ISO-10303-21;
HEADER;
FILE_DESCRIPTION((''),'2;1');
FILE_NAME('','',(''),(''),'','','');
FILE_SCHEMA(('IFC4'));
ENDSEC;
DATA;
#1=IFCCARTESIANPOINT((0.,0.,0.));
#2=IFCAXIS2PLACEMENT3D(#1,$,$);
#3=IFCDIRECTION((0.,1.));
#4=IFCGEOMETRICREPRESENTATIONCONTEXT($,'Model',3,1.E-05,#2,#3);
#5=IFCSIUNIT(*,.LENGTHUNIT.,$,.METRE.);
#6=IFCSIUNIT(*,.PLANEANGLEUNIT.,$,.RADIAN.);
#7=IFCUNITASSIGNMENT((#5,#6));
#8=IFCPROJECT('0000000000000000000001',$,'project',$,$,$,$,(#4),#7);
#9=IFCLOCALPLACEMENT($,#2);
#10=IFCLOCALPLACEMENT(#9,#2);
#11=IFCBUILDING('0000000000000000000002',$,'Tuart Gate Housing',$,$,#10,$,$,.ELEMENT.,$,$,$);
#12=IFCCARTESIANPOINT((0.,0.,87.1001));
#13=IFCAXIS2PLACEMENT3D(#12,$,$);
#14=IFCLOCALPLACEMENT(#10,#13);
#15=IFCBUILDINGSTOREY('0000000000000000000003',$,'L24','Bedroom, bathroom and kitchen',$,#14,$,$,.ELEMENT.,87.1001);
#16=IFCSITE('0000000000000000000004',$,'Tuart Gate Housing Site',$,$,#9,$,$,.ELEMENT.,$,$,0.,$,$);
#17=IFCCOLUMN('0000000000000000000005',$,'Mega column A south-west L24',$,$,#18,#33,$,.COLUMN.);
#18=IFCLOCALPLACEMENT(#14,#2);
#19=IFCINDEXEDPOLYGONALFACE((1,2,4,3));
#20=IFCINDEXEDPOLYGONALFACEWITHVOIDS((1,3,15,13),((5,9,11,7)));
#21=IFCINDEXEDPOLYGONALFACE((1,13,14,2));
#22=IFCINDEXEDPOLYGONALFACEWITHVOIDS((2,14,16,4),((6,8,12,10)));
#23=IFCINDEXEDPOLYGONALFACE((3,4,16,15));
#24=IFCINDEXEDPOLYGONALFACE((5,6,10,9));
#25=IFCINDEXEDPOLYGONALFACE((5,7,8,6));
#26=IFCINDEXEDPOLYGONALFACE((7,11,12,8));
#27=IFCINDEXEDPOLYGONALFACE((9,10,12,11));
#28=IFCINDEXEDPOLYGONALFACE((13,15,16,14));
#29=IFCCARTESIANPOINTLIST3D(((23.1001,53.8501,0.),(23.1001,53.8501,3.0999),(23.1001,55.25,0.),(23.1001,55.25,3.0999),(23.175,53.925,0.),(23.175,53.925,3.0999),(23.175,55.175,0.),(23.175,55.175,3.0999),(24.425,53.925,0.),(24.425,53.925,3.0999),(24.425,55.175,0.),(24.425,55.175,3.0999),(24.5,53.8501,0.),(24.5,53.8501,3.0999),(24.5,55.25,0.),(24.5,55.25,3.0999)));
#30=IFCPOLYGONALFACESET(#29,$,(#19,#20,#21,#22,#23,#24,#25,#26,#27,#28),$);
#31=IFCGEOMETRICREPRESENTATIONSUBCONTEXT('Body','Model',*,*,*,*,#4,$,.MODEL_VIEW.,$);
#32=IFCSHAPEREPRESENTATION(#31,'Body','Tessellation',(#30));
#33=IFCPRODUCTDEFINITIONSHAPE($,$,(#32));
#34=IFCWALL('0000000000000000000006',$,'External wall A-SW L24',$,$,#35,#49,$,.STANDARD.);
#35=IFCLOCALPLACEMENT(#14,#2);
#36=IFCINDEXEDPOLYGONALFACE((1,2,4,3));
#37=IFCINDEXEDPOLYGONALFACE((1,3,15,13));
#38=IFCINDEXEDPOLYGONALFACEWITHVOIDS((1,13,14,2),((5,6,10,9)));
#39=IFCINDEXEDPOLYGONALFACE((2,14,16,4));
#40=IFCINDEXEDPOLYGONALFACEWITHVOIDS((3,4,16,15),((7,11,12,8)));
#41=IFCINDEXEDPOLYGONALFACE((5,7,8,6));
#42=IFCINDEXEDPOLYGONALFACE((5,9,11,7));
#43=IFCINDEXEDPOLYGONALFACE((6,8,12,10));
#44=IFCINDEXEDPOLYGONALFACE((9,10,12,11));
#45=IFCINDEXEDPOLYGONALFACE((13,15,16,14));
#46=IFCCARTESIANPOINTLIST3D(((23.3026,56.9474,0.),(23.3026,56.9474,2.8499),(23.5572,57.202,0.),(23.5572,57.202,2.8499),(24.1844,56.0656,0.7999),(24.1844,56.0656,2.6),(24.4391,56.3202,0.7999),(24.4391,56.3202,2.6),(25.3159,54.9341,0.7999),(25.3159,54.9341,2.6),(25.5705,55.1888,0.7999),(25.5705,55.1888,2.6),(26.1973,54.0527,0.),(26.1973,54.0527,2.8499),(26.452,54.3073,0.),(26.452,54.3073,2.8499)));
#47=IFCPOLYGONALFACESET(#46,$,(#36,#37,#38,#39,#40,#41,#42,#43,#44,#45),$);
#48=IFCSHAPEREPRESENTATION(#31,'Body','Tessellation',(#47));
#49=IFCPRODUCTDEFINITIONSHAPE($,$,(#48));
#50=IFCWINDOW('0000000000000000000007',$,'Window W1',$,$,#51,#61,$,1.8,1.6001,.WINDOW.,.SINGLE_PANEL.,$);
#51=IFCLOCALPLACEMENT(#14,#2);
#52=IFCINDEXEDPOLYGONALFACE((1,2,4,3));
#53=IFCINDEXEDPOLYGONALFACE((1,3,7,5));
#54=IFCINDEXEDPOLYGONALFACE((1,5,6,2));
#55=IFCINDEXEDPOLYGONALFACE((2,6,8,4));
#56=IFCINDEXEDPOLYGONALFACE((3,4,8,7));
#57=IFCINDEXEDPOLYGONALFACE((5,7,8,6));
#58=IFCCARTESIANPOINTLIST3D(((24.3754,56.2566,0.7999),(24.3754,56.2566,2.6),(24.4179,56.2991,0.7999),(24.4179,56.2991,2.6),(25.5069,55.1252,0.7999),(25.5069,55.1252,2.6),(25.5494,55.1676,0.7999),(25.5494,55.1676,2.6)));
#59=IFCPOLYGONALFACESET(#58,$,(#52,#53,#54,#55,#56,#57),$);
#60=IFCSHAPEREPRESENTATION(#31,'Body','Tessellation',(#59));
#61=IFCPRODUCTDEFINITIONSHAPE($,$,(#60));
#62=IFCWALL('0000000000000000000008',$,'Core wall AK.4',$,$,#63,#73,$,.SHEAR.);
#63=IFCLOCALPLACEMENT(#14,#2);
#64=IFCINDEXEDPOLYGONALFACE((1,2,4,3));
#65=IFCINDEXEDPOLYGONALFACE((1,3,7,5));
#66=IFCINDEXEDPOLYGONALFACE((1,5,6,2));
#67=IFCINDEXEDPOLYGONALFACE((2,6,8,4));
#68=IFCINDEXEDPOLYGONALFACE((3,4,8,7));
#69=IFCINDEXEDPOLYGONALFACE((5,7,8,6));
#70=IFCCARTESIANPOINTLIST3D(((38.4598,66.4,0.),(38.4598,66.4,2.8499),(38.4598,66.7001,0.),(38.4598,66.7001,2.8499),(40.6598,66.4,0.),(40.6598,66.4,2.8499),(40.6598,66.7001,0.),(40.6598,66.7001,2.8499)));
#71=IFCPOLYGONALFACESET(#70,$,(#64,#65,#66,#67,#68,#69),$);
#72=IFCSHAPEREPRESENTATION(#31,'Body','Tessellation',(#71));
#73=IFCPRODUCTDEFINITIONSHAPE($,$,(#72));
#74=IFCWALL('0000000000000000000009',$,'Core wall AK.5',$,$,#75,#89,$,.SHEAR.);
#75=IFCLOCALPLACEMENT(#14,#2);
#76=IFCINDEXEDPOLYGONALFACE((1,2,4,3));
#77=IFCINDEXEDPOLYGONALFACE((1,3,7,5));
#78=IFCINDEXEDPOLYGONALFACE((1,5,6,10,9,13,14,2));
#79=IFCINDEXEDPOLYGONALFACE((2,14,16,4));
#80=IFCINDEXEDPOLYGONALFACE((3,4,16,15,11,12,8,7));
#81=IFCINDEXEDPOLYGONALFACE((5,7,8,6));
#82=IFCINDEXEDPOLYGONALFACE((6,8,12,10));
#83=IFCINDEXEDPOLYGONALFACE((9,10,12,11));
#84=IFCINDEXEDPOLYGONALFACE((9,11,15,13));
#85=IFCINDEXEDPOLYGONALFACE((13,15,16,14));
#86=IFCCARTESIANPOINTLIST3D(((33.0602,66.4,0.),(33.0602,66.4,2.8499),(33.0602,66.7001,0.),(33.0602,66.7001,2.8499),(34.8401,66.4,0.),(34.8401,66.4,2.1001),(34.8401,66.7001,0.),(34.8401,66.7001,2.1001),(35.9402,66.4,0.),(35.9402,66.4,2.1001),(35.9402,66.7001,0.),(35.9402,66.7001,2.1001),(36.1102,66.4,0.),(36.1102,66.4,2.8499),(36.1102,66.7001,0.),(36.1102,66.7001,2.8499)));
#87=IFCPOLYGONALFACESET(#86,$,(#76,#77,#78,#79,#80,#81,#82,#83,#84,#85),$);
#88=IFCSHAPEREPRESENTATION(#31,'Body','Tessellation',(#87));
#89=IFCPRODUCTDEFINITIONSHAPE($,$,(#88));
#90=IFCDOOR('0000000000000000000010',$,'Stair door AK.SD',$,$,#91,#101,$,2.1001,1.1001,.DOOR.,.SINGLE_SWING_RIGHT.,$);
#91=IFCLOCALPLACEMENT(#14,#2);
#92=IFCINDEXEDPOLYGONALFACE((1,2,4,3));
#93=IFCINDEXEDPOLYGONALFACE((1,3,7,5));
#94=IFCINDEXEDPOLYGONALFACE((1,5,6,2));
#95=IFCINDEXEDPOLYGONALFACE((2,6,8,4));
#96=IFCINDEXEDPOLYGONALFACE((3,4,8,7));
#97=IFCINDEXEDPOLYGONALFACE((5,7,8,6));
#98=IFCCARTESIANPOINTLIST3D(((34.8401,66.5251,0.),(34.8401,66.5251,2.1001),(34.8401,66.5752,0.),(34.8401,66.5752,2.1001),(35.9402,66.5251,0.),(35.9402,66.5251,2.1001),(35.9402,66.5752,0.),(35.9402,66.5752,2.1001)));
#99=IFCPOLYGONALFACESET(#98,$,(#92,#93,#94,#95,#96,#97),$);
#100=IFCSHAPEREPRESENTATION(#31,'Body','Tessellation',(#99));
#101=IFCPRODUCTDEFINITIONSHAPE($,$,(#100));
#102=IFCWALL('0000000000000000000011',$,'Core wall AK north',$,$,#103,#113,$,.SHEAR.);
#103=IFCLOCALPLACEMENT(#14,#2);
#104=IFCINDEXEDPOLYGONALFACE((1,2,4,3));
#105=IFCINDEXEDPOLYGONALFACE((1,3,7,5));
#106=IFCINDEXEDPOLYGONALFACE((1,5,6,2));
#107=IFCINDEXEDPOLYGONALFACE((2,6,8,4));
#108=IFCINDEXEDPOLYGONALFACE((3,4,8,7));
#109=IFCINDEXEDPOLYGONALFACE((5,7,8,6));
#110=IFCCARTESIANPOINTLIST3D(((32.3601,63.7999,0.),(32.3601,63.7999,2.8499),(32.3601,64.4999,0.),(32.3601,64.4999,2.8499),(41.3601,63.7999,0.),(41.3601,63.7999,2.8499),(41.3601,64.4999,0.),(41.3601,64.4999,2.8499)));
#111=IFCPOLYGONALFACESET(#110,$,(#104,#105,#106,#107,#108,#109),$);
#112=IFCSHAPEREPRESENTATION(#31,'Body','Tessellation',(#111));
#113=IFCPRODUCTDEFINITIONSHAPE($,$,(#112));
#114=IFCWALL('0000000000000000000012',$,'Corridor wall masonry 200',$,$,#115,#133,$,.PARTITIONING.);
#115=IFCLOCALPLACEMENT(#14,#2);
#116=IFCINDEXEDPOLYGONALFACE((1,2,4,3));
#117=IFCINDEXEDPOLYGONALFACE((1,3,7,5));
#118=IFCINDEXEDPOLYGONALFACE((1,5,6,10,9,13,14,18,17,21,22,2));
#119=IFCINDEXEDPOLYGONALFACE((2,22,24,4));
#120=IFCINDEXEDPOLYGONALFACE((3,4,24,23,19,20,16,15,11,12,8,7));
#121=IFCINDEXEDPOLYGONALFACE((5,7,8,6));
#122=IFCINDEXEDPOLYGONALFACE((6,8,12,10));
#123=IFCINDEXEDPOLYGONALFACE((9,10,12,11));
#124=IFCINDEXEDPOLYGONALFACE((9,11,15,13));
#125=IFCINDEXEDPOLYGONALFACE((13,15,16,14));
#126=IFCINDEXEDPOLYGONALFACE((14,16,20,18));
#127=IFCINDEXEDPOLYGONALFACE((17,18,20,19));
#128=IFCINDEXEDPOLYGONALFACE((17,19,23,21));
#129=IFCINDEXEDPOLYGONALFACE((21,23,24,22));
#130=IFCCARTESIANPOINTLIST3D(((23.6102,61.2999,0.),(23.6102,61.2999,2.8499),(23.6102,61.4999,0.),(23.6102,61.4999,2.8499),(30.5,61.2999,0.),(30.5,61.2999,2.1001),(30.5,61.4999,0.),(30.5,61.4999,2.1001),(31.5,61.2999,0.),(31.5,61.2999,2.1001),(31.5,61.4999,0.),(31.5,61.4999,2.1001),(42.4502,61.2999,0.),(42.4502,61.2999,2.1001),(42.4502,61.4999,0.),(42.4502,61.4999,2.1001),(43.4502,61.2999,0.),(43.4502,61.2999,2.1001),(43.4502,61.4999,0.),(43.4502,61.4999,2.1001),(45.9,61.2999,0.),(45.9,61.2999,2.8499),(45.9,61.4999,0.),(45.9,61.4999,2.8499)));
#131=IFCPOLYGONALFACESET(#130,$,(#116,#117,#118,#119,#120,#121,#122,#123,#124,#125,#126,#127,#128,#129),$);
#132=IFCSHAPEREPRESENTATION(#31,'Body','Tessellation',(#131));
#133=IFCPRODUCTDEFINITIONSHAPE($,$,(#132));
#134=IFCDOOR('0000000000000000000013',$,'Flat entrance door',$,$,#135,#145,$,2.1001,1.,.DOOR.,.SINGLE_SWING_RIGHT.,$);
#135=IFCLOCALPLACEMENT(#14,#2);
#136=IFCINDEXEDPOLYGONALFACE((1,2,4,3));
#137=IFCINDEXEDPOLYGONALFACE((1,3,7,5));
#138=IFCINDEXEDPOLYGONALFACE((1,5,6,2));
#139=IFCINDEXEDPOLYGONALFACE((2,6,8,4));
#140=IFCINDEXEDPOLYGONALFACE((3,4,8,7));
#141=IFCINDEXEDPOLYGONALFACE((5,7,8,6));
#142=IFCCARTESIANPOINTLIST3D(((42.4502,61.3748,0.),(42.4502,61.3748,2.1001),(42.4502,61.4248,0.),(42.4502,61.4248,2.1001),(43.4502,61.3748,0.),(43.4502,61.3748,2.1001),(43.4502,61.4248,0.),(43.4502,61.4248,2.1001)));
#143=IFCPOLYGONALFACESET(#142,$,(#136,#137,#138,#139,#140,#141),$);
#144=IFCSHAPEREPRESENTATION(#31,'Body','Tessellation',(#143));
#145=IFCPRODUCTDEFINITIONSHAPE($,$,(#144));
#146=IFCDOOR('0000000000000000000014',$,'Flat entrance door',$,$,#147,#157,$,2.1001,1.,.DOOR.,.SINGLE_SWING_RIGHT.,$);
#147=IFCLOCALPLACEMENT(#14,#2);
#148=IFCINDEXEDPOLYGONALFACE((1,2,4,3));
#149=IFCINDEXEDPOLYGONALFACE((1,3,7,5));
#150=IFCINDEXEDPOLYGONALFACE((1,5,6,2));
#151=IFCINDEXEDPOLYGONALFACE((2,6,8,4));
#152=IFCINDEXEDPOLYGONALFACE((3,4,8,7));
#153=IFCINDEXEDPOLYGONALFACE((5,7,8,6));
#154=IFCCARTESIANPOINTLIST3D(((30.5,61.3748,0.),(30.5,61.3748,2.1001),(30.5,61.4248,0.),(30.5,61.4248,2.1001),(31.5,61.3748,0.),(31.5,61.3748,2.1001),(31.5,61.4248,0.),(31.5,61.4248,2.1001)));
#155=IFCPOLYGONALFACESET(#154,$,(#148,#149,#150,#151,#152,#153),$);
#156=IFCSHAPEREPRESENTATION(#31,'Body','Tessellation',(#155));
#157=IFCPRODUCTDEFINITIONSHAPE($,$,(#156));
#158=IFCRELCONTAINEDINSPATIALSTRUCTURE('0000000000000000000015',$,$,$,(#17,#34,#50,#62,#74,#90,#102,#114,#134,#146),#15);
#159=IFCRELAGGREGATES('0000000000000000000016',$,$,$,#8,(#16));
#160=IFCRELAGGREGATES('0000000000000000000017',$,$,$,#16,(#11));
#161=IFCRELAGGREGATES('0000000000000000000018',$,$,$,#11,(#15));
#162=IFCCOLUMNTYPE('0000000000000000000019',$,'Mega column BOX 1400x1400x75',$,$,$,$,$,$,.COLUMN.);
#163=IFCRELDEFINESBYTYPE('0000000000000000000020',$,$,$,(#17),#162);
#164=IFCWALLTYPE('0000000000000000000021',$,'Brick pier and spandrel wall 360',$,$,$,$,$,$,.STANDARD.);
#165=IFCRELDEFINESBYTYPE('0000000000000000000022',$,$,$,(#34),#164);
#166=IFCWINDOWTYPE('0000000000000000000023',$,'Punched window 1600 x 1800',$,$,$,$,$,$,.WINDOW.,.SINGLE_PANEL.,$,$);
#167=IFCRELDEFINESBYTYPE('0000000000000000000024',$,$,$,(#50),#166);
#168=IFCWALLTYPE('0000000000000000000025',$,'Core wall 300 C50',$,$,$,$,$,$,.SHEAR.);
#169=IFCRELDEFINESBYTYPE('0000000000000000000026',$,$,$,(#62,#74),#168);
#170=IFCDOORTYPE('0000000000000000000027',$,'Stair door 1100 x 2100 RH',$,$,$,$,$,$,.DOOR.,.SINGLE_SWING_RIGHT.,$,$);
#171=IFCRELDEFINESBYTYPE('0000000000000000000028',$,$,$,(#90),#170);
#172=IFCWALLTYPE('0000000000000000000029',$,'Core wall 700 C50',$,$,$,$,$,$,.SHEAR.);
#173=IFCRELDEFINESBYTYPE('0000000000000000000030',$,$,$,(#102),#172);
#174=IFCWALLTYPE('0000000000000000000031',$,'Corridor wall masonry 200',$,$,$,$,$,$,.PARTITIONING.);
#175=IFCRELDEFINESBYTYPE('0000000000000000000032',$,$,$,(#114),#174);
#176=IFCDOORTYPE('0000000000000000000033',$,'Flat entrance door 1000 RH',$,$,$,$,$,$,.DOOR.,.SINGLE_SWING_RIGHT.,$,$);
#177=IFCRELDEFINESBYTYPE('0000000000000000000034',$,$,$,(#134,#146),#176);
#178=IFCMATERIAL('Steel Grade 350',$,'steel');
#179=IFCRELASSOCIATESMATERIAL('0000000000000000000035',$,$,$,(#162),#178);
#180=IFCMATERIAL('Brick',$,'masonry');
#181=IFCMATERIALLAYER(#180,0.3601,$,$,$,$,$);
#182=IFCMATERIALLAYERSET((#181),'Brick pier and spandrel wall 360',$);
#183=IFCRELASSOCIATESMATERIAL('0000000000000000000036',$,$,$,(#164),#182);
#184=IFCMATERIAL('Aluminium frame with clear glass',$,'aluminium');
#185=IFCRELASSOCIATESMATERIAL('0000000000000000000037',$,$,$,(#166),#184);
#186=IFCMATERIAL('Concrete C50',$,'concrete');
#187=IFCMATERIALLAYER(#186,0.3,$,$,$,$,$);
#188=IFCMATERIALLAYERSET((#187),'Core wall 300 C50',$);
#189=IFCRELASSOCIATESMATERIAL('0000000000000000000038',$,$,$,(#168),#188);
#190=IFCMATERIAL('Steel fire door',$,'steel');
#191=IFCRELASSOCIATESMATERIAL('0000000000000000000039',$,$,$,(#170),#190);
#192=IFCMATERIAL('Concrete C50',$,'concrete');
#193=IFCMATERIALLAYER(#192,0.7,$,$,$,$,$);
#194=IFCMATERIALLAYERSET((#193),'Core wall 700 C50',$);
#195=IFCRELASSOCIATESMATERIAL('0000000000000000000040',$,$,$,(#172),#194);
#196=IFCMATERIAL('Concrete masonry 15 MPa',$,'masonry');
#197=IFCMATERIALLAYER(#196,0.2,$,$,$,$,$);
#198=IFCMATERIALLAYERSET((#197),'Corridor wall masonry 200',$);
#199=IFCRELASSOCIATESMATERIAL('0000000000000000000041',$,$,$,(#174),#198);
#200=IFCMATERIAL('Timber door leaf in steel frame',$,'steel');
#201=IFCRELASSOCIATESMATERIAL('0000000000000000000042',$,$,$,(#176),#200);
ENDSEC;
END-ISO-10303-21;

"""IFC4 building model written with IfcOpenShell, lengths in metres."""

from ifc_helpers import new_model, si_unit, direction, frame, frame_2d, origin, origin_2d, place, context, subcontext, project, spatial, rectangle, hollow_rectangle, extrude, material, layer, layer_set, material_profile, profile_set, type_object, element, fill, save


model = new_model("IFC4")

# Units and contexts
model_context = context("Model", 3, precision=1e-05, world=origin(), true_north=direction((0.0, 1.0)))
body_context = subcontext(model_context, "Body", "Model", "MODEL_VIEW")
ifc_project = project(units=[si_unit("LENGTHUNIT", "METRE"), si_unit("PLANEANGLEUNIT", "RADIAN")], contexts=[model_context])

# Site, building, storey
site_placement = place(None, origin())
site = spatial("IfcSite", under=ifc_project, at=site_placement, Name="Tuart Gate Housing Site", CompositionType="ELEMENT", RefElevation=0.0)
building_placement = place(site_placement, origin())
building = spatial("IfcBuilding", under=site, at=building_placement, Name="Tuart Gate Housing", CompositionType="ELEMENT")
storey_placement = place(building_placement, frame((0.0, 0.0, 87.1001)))
storey = spatial("IfcBuildingStorey", under=building, at=storey_placement, Name="L24", Description="Bedroom, bathroom and kitchen", CompositionType="ELEMENT", Elevation=87.1001)

# Column
ifc_material_1 = material(Name="Steel Grade 350", Category="steel")
ifc_material_profile = material_profile(ifc_material_1, hollow_rectangle(XDim=1.3999, YDim=1.3999, WallThickness=0.075, at=origin_2d()), Name="BOX 1400x1400x75")
ifc_profile_set = profile_set([ifc_material_profile], Name="Steel Grade 350")
column_type = type_object("IfcColumnType", Name="Mega column BOX 1400x1400x75", PredefinedType="COLUMN", material=ifc_profile_set)
column_placement = place(storey_placement, frame((23.8, 54.55, 0.0), z_axis=(0.0, 0.0, 1.0), x_axis=(1.0, 0.0, 0.0)))
element("IfcColumn", 1, at=column_placement, inside=storey, type_object=column_type, Name="Mega column A south-west L24", PredefinedType="COLUMN", context=body_context, shape_type="SweptSolid", body=[
    extrude(hollow_rectangle(XDim=1.3999, YDim=1.3999, WallThickness=0.075, at=origin_2d()), origin(), (0.0, 0.0, 1.0), 3.0999),
])

# Wall, opening, window
ifc_material_2 = material(Name="Brick", Category="masonry")
ifc_layer_1 = layer(ifc_material_2, 0.3601)
ifc_layer_set_1 = layer_set([ifc_layer_1], Name="Brick pier and spandrel wall 360")
wall_type_1 = type_object("IfcWallType", Name="Brick pier and spandrel wall 360", PredefinedType="STANDARD", material=ifc_layer_set_1)
wall_1_placement = place(storey_placement, frame((23.4299, 57.0747, 0.0), z_axis=(0.0, 0.0, 1.0), x_axis=(0.707107, -0.707107, 0.0)))
wall_1 = element("IfcWall", 2, at=wall_1_placement, inside=storey, type_object=wall_type_1, Name="External wall A-SW L24", PredefinedType="STANDARD", context=body_context, shape_type="SweptSolid", body=[
    extrude(rectangle(XDim=4.0938, YDim=0.3601, at=frame_2d((2.0469, 0.0))), origin(), (0.0, 0.0, 1.0), 2.8499),
])
opening_1_placement = place(wall_1_placement, frame((1.2471, 0.0, 0.8)))
opening_1 = element("IfcOpeningElement", 3, at=opening_1_placement, cuts=wall_1, PredefinedType="OPENING", context=body_context, shape_type="SweptSolid", body=[
    extrude(rectangle(XDim=1.6001, YDim=1.8, at=frame_2d((0.8, 0.8999))), frame((0.0, 0.1899, 0.0), z_axis=(0.0, -1.0, 0.0), x_axis=(1.0, 0.0, 0.0)), (0.0, 0.0, 1.0), 0.3801),
])
ifc_material_3 = material(Name="Aluminium frame with clear glass", Category="aluminium")
window_type = type_object("IfcWindowType", Name="Punched window 1600 x 1800", PartitioningType="SINGLE_PANEL", PredefinedType="WINDOW", material=ifc_material_3)
window_placement = place(opening_1_placement, origin())
window = element("IfcWindow", 4, at=window_placement, inside=storey, type_object=window_type, Name="Window W1", OverallHeight=1.8, OverallWidth=1.6001, PartitioningType="SINGLE_PANEL", PredefinedType="WINDOW", context=body_context, shape_type="SweptSolid", body=[
    extrude(rectangle(XDim=1.6001, YDim=1.8, at=frame_2d((0.8, 0.8999))), frame((0.0, 0.1501, 0.0), z_axis=(0.0, -1.0, 0.0), x_axis=(1.0, 0.0, 0.0)), (0.0, 0.0, 1.0), 0.0601),
])
fill(opening_1, window)

# Wall
ifc_material_4 = material(Name="Concrete C50", Category="concrete")
ifc_layer_2 = layer(ifc_material_4, 0.3)
ifc_layer_set_2 = layer_set([ifc_layer_2], Name="Core wall 300 C50")
wall_type_2 = type_object("IfcWallType", Name="Core wall 300 C50", PredefinedType="SHEAR", material=ifc_layer_set_2)
wall_2_placement = place(storey_placement, frame((40.6599, 66.55, 0.0), z_axis=(0.0, 0.0, 1.0), x_axis=(-1.0, 0.0, 0.0)))
element("IfcWall", 5, at=wall_2_placement, inside=storey, type_object=wall_type_2, Name="Core wall AK.4", PredefinedType="SHEAR", context=body_context, shape_type="SweptSolid", body=[
    extrude(rectangle(XDim=2.2, YDim=0.3, at=frame_2d((1.1001, 0.0))), origin(), (0.0, 0.0, 1.0), 2.8499),
])

# Wall, opening, door
wall_3_placement = place(storey_placement, frame((36.1101, 66.55, 0.0), z_axis=(0.0, 0.0, 1.0), x_axis=(-1.0, 0.0, 0.0)))
wall_3 = element("IfcWall", 6, at=wall_3_placement, inside=storey, type_object=wall_type_2, Name="Core wall AK.5", PredefinedType="SHEAR", context=body_context, shape_type="SweptSolid", body=[
    extrude(rectangle(XDim=3.05, YDim=0.3, at=frame_2d((1.5249, 0.0))), origin(), (0.0, 0.0, 1.0), 2.8499),
])
opening_2_placement = place(wall_3_placement, frame((0.1699, 0.0, 0.0)))
opening_2 = element("IfcOpeningElement", 7, at=opening_2_placement, cuts=wall_3, PredefinedType="OPENING", context=body_context, shape_type="SweptSolid", body=[
    extrude(rectangle(XDim=1.1001, YDim=2.1001, at=frame_2d((0.55, 1.05))), frame((0.0, 0.1599, 0.0), z_axis=(0.0, -1.0, 0.0), x_axis=(1.0, 0.0, 0.0)), (0.0, 0.0, 1.0), 0.3201),
])
ifc_material_5 = material(Name="Steel fire door", Category="steel")
door_type_1 = type_object("IfcDoorType", Name="Stair door 1100 x 2100 RH", OperationType="SINGLE_SWING_RIGHT", PredefinedType="DOOR", material=ifc_material_5)
door_1_placement = place(opening_2_placement, frame((1.1001, 0.0, 0.0), z_axis=(0.0, 0.0, 1.0), x_axis=(-1.0, 0.0, 0.0)))
door_1 = element("IfcDoor", 8, at=door_1_placement, inside=storey, type_object=door_type_1, Name="Stair door AK.SD", OperationType="SINGLE_SWING_RIGHT", OverallHeight=2.1001, OverallWidth=1.1001, PredefinedType="DOOR", context=body_context, shape_type="SweptSolid", body=[
    extrude(rectangle(XDim=1.1001, YDim=2.1001, at=frame_2d((0.55, 1.05))), frame((0.0, 0.0251, 0.0), z_axis=(0.0, -1.0, 0.0), x_axis=(1.0, 0.0, 0.0)), (0.0, 0.0, 1.0), 0.05),
])
fill(opening_2, door_1)

# Wall
ifc_material_6 = material(Name="Concrete C50", Category="concrete")
ifc_layer_3 = layer(ifc_material_6, 0.7)
ifc_layer_set_3 = layer_set([ifc_layer_3], Name="Core wall 700 C50")
wall_type_3 = type_object("IfcWallType", Name="Core wall 700 C50", PredefinedType="SHEAR", material=ifc_layer_set_3)
wall_4_placement = place(storey_placement, frame((41.3601, 64.1499, 0.0), z_axis=(0.0, 0.0, 1.0), x_axis=(-1.0, 0.0, 0.0)))
element("IfcWall", 9, at=wall_4_placement, inside=storey, type_object=wall_type_3, Name="Core wall AK north", PredefinedType="SHEAR", context=body_context, shape_type="SweptSolid", body=[
    extrude(rectangle(XDim=9.0, YDim=0.7, at=frame_2d((4.5, 0.0))), origin(), (0.0, 0.0, 1.0), 2.8499),
])

# Wall, openings, doors
ifc_material_7 = material(Name="Concrete masonry 15 MPa", Category="masonry")
ifc_layer_4 = layer(ifc_material_7, 0.2)
ifc_layer_set_4 = layer_set([ifc_layer_4], Name="Corridor wall masonry 200")
wall_type_4 = type_object("IfcWallType", Name="Corridor wall masonry 200", PredefinedType="PARTITIONING", material=ifc_layer_set_4)
wall_5_placement = place(storey_placement, frame((23.6101, 61.3999, 0.0), z_axis=(0.0, 0.0, 1.0), x_axis=(1.0, 0.0, 0.0)))
wall_5 = element("IfcWall", 10, at=wall_5_placement, inside=storey, type_object=wall_type_4, Name="Corridor wall masonry 200", PredefinedType="PARTITIONING", context=body_context, shape_type="SweptSolid", body=[
    extrude(rectangle(XDim=22.2898, YDim=0.2, at=frame_2d((11.145, 0.0))), origin(), (0.0, 0.0, 1.0), 2.8499),
])
opening_3_placement = place(wall_5_placement, frame((18.8401, 0.0, 0.0)))
opening_3 = element("IfcOpeningElement", 11, at=opening_3_placement, cuts=wall_5, PredefinedType="OPENING", context=body_context, shape_type="SweptSolid", body=[
    extrude(rectangle(XDim=1.0, YDim=2.1001, at=frame_2d((0.5, 1.05))), frame((0.0, 0.1099, 0.0), z_axis=(0.0, -1.0, 0.0), x_axis=(1.0, 0.0, 0.0)), (0.0, 0.0, 1.0), 0.22),
])
opening_4_placement = place(wall_5_placement, frame((6.8899, 0.0, 0.0)))
opening_4 = element("IfcOpeningElement", 12, at=opening_4_placement, cuts=wall_5, PredefinedType="OPENING", context=body_context, shape_type="SweptSolid", body=[
    extrude(rectangle(XDim=1.0, YDim=2.1001, at=frame_2d((0.5, 1.05))), frame((0.0, 0.1099, 0.0), z_axis=(0.0, -1.0, 0.0), x_axis=(1.0, 0.0, 0.0)), (0.0, 0.0, 1.0), 0.22),
])
ifc_material_8 = material(Name="Timber door leaf in steel frame", Category="steel")
door_type_2 = type_object("IfcDoorType", Name="Flat entrance door 1000 RH", OperationType="SINGLE_SWING_RIGHT", PredefinedType="DOOR", material=ifc_material_8)
door_2_placement = place(opening_3_placement, frame((1.0, 0.0, 0.0), z_axis=(0.0, 0.0, 1.0), x_axis=(-1.0, 0.0, 0.0)))
door_2 = element("IfcDoor", 13, at=door_2_placement, inside=storey, type_object=door_type_2, Name="Flat entrance door", OperationType="SINGLE_SWING_RIGHT", OverallHeight=2.1001, OverallWidth=1.0, PredefinedType="DOOR", context=body_context, shape_type="SweptSolid", body=[
    extrude(rectangle(XDim=1.0, YDim=2.1001, at=frame_2d((0.5, 1.05))), frame((0.0, 0.0251, 0.0), z_axis=(0.0, -1.0, 0.0), x_axis=(1.0, 0.0, 0.0)), (0.0, 0.0, 1.0), 0.05),
])
fill(opening_3, door_2)
door_3_placement = place(opening_4_placement, frame((1.0, 0.0, 0.0), z_axis=(0.0, 0.0, 1.0), x_axis=(-1.0, 0.0, 0.0)))
door_3 = element("IfcDoor", 14, at=door_3_placement, inside=storey, type_object=door_type_2, Name="Flat entrance door", OperationType="SINGLE_SWING_RIGHT", OverallHeight=2.1001, OverallWidth=1.0, PredefinedType="DOOR", context=body_context, shape_type="SweptSolid", body=[
    extrude(rectangle(XDim=1.0, YDim=2.1001, at=frame_2d((0.5, 1.05))), frame((0.0, 0.0251, 0.0), z_axis=(0.0, -1.0, 0.0), x_axis=(1.0, 0.0, 0.0)), (0.0, 0.0, 1.0), 0.05),
])
fill(opening_4, door_3)

save(model, "model.ifc")
